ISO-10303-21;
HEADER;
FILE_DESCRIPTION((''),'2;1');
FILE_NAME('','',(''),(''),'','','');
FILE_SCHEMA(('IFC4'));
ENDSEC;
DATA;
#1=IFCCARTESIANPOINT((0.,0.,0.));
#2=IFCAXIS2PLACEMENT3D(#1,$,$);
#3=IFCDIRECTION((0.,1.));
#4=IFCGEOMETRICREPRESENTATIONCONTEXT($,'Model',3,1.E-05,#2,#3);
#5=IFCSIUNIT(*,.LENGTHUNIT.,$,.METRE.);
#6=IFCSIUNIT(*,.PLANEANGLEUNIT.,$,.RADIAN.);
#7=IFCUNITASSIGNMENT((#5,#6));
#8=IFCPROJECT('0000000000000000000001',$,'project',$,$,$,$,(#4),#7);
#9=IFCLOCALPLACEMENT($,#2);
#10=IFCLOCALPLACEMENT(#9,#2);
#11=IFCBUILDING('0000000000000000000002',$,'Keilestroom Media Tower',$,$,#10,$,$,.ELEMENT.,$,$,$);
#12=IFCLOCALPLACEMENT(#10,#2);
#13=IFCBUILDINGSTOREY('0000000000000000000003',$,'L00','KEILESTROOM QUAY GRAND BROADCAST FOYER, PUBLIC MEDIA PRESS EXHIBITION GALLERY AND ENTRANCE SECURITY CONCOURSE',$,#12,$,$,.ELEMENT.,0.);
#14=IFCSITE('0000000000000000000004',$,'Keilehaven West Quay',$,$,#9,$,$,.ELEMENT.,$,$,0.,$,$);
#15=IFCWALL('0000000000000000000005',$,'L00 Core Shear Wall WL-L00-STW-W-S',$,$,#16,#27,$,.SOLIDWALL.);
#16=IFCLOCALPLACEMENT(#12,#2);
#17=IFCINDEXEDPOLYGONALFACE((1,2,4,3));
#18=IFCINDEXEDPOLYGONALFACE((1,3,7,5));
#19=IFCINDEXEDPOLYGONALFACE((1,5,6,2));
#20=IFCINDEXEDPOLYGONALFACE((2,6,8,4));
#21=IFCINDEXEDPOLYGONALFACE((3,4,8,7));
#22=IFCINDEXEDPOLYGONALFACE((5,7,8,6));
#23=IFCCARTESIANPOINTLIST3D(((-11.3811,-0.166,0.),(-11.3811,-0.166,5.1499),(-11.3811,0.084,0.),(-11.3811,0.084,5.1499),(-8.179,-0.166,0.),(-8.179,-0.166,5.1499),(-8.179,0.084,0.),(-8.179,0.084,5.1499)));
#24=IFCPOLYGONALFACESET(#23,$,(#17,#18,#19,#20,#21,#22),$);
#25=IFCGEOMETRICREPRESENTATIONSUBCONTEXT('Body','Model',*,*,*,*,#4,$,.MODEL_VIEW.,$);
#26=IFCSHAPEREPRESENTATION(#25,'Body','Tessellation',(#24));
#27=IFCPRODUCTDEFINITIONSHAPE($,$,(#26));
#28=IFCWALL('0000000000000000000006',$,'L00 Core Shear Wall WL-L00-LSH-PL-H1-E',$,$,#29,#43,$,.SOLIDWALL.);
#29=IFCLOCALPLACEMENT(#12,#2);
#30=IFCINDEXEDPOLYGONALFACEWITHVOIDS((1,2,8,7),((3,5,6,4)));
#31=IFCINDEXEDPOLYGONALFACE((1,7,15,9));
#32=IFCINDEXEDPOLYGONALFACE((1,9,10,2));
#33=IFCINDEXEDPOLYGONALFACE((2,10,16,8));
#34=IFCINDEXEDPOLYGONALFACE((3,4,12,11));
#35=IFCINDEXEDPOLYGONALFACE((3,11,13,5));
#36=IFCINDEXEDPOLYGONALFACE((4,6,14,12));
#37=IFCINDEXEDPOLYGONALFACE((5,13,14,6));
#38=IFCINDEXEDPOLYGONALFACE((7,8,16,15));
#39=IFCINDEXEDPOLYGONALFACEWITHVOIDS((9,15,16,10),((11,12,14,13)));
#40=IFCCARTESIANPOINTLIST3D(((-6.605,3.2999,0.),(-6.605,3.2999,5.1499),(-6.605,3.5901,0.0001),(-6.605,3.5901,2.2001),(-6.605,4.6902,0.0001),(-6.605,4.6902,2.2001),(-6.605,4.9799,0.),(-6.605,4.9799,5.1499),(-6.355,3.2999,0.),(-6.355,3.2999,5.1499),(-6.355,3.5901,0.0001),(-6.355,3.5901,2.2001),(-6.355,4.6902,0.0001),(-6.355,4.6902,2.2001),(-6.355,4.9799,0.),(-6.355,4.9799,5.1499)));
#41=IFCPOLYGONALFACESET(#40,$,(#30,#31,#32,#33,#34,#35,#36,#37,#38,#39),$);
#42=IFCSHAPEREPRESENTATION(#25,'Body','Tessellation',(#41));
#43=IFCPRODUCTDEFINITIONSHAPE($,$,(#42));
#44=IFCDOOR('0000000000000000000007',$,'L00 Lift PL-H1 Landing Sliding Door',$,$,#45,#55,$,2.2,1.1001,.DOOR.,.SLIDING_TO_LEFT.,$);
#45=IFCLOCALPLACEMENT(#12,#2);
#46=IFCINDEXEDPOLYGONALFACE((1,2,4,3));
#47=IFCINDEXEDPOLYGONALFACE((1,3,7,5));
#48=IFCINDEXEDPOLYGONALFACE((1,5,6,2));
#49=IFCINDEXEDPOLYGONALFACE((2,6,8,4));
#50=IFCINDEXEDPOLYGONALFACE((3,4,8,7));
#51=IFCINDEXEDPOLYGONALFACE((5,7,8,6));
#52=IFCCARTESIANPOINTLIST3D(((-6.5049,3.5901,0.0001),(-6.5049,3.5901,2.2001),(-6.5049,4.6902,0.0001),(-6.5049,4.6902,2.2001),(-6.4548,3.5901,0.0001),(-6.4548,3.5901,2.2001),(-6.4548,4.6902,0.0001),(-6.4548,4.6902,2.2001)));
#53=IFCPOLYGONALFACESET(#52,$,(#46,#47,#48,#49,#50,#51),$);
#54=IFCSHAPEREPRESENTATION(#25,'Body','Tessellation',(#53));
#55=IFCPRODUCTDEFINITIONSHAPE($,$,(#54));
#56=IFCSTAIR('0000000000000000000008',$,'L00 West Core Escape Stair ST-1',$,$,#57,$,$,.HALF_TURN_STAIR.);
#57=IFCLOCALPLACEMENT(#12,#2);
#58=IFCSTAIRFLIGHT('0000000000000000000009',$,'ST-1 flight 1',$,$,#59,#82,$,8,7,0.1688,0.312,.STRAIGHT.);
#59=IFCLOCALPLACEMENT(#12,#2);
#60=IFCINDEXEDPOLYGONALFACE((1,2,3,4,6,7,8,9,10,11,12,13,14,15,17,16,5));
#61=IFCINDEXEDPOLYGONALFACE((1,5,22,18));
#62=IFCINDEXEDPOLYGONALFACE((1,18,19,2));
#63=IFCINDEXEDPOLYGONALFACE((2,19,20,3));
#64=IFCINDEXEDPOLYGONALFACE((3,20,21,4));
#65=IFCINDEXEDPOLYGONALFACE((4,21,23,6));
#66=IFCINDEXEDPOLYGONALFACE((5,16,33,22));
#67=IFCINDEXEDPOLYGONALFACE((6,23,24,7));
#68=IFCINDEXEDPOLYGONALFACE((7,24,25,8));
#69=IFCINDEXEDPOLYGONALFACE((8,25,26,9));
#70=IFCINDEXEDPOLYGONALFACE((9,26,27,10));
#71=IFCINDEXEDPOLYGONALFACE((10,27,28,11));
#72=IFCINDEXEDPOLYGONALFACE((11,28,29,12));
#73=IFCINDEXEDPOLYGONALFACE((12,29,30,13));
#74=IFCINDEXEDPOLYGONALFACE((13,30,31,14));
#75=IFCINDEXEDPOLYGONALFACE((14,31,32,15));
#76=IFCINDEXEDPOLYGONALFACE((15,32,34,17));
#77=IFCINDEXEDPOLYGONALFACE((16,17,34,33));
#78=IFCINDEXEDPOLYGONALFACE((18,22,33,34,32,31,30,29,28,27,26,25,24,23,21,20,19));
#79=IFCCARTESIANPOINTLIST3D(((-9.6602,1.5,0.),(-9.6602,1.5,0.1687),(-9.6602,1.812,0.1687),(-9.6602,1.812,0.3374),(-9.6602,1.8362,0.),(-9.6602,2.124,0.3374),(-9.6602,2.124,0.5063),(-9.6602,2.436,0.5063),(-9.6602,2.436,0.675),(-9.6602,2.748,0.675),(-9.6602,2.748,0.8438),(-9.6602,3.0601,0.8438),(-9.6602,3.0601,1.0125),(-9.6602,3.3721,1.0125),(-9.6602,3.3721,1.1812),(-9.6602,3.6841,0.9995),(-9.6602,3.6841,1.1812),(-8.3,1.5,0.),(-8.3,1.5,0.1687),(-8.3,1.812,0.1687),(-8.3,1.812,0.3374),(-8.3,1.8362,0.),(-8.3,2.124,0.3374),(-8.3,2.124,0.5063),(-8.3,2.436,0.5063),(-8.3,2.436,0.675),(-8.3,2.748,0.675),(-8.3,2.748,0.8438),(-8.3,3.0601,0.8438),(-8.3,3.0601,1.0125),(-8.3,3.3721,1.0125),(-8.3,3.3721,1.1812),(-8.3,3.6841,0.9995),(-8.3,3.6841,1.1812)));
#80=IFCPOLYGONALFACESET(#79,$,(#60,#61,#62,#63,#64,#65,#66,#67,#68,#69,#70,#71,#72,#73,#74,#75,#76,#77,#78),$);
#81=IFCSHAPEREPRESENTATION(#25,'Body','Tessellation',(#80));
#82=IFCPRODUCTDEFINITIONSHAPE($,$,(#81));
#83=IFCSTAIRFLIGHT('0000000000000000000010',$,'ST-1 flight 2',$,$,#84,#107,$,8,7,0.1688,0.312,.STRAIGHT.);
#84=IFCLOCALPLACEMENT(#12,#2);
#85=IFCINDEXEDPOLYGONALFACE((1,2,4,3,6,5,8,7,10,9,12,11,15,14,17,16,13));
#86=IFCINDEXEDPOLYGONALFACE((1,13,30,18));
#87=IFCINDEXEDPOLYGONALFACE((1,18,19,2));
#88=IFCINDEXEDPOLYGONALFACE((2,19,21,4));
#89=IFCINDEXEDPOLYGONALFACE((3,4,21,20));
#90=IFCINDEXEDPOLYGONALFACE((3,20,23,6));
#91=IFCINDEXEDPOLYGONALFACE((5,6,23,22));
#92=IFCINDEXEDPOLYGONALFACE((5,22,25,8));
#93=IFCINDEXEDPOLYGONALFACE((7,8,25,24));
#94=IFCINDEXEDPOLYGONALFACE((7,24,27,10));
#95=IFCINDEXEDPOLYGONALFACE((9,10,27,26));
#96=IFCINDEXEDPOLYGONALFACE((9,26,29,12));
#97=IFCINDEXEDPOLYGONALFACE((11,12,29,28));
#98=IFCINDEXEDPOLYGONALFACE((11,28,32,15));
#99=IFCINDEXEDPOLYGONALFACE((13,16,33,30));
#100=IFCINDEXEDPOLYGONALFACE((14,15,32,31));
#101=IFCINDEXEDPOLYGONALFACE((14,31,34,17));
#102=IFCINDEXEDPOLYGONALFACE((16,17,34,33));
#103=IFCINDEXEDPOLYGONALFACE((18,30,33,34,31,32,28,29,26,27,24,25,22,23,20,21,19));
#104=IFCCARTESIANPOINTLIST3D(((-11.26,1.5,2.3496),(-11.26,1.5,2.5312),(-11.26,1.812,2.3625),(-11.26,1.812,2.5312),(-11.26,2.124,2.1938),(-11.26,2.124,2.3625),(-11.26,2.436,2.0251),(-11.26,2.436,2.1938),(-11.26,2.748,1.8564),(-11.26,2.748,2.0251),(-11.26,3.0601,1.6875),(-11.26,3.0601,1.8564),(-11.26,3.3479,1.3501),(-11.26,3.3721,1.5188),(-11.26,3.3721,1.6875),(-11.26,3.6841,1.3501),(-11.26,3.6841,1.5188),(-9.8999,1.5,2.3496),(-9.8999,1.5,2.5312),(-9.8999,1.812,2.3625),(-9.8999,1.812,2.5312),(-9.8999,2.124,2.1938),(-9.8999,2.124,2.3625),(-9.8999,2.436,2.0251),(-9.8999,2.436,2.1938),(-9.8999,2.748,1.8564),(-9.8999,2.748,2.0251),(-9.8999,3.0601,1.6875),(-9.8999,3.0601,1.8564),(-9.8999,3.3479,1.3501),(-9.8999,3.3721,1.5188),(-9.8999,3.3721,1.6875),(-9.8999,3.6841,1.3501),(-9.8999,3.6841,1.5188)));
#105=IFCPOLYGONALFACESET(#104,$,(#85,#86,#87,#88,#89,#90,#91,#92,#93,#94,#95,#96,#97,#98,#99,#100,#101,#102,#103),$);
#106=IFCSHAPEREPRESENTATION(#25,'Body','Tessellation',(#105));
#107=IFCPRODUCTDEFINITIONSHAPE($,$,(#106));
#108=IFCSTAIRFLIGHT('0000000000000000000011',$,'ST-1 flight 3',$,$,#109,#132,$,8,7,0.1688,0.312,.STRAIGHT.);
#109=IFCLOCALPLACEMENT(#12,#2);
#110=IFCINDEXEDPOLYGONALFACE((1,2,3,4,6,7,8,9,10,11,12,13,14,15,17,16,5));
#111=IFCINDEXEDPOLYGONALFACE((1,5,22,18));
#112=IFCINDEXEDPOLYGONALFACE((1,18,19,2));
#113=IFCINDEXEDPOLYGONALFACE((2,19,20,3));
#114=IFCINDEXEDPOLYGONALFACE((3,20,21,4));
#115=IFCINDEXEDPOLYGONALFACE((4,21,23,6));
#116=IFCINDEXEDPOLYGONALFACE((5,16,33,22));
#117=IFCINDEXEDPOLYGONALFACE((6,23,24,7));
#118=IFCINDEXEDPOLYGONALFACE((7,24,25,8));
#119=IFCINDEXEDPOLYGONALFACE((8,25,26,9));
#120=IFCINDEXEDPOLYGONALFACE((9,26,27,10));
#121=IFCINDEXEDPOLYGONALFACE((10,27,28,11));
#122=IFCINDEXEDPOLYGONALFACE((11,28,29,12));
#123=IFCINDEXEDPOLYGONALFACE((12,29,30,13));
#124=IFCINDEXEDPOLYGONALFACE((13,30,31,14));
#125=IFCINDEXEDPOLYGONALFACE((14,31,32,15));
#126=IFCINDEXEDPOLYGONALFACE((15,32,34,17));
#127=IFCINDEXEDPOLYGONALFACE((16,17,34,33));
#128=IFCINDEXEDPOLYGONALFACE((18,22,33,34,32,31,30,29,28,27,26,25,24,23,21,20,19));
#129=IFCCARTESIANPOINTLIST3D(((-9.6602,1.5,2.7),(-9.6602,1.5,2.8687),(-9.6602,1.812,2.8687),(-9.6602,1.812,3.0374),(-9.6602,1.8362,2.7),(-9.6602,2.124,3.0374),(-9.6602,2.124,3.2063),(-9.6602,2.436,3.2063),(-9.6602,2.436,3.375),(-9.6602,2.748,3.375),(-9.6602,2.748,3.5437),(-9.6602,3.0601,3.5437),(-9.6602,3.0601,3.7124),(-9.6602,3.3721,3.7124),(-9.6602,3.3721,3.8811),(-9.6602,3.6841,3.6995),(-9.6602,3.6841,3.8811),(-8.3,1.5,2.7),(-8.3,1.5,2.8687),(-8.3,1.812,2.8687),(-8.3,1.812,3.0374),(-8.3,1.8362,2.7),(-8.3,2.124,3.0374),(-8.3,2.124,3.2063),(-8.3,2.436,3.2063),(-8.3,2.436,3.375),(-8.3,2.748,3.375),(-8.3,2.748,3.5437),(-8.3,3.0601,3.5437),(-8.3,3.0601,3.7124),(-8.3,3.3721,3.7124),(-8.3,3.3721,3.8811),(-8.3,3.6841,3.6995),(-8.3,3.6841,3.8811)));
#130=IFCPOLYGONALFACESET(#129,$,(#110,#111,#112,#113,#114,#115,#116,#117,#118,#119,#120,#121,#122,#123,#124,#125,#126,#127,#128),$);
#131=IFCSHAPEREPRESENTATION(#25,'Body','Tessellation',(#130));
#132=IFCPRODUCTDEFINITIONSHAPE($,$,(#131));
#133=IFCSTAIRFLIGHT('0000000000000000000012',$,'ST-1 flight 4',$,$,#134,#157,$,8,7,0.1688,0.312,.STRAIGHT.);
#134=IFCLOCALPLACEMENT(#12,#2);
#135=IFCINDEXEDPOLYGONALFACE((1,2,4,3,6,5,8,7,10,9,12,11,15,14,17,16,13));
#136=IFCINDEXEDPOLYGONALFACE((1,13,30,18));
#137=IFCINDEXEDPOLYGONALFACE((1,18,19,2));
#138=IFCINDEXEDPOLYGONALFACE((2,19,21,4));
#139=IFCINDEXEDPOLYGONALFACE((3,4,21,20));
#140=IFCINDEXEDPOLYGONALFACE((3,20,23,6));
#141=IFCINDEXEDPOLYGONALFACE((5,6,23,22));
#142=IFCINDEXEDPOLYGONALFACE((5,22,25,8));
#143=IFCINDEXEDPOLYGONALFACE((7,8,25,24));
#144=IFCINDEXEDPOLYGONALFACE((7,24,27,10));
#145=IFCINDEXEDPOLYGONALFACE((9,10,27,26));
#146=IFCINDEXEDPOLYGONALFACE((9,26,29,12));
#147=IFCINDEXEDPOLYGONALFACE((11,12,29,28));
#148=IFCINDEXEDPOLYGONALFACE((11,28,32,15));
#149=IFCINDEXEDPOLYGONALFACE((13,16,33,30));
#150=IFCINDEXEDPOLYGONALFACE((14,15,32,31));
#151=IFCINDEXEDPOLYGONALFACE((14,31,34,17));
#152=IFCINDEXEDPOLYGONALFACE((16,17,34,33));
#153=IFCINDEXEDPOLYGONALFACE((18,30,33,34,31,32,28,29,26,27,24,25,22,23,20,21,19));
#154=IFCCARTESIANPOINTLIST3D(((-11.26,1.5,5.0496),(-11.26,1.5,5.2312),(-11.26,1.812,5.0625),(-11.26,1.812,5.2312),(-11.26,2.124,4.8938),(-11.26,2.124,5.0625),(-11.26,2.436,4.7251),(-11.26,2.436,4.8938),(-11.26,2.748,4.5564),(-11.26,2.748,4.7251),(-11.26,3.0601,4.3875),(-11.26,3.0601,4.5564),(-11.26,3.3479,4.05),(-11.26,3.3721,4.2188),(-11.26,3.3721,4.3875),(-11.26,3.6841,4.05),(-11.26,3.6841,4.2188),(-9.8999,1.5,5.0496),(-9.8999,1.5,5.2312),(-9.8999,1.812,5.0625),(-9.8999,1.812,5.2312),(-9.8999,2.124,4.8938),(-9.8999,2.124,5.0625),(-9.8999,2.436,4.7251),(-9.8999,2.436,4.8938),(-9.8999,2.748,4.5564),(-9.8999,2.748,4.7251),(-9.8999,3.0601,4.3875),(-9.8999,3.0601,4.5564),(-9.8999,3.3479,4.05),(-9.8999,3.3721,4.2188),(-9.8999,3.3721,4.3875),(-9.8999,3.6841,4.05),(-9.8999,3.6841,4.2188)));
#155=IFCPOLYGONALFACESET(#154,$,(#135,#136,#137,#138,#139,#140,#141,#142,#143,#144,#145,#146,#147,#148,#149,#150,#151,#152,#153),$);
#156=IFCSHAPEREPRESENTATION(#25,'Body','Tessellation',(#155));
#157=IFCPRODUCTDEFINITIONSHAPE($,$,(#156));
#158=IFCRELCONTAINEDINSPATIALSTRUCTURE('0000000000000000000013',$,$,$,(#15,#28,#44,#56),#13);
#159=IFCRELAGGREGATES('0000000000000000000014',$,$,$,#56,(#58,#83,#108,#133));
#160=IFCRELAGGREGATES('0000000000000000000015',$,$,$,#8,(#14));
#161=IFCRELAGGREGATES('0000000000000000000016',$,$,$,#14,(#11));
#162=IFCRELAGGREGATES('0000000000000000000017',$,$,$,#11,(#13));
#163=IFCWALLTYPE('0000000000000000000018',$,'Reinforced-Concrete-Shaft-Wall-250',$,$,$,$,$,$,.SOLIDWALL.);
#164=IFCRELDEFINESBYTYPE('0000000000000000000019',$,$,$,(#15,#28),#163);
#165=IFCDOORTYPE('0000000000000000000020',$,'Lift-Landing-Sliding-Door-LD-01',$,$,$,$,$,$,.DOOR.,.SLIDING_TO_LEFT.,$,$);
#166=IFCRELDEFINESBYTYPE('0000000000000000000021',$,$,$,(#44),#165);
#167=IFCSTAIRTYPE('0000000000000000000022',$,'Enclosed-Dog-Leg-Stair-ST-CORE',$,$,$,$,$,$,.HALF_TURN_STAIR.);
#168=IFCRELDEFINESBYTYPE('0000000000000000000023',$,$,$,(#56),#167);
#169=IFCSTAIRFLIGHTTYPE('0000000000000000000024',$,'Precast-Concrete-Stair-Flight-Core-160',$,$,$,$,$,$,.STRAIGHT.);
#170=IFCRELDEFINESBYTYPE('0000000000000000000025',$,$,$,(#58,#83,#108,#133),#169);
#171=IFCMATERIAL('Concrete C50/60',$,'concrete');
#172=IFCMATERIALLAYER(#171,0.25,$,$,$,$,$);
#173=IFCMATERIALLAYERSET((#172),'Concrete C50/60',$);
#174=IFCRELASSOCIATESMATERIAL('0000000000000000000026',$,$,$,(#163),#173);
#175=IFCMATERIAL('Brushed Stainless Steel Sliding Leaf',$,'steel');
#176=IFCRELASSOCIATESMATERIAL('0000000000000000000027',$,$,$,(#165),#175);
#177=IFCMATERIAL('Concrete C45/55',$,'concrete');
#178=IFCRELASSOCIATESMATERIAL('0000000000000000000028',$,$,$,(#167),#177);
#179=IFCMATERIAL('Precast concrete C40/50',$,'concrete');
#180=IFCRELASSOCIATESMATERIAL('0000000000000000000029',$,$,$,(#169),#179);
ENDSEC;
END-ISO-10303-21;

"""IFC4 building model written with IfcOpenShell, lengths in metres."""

from ifc_helpers import new_model, si_unit, direction, frame, frame_2d, origin, place, context, subcontext, project, spatial, polyline, rectangle, outline, extrude, source, transform, mapped, material, layer, layer_set, type_object, element, fill, aggregate, save


model = new_model("IFC4")

# Units and contexts
model_context = context("Model", 3, precision=1e-05, world=origin(), true_north=direction((0.0, 1.0)))
body_context = subcontext(model_context, "Body", "Model", "MODEL_VIEW")
ifc_project = project(units=[si_unit("LENGTHUNIT", "METRE"), si_unit("PLANEANGLEUNIT", "RADIAN")], contexts=[model_context])

# Site, building, storey
site_placement = place(None, origin())
site = spatial("IfcSite", under=ifc_project, at=site_placement, Name="Keilehaven West Quay", CompositionType="ELEMENT", RefElevation=0.0)
building_placement = place(site_placement, origin())
building = spatial("IfcBuilding", under=site, at=building_placement, Name="Keilestroom Media Tower", CompositionType="ELEMENT")
storey_placement = place(building_placement, origin())
storey = spatial("IfcBuildingStorey", under=building, at=storey_placement, Name="L00", Description="KEILESTROOM QUAY GRAND BROADCAST FOYER, PUBLIC MEDIA PRESS EXHIBITION GALLERY AND ENTRANCE SECURITY CONCOURSE", CompositionType="ELEMENT", Elevation=0.0)

# Shared definitions
ifc_material_1 = material(Name="Concrete C50/60", Category="concrete")
ifc_material_2 = material(Name="Precast concrete C40/50", Category="concrete")

# Shared definitions
ifc_layer_1 = layer(ifc_material_1, 0.25)
ifc_layer_set_1 = layer_set([ifc_layer_1], Name="Concrete C50/60")
wall_type_1 = type_object("IfcWallType", Name="Reinforced-Concrete-Shaft-Wall-250", PredefinedType="SOLIDWALL", material=ifc_layer_set_1)

# Wall
wall_1_placement = place(storey_placement, frame((-11.3811, -0.041, 0.0), z_axis=(0.0, 0.0, 1.0), x_axis=(1.0, 0.0, 0.0)))
element("IfcWall", 1, at=wall_1_placement, inside=storey, type_object=wall_type_1, Name="L00 Core Shear Wall WL-L00-STW-W-S", PredefinedType="SOLIDWALL", context=body_context, shape_type="SweptSolid", body=[
    extrude(rectangle(XDim=3.2021, YDim=0.25, at=frame_2d((1.6011, 0.0))), origin(), (0.0, 0.0, 1.0), 5.1499),
])

# Wall, opening, door
wall_2_placement = place(storey_placement, frame((-6.48, 3.3, 0.0), z_axis=(0.0, 0.0, 1.0), x_axis=(0.0, 1.0, 0.0)))
wall_2 = element("IfcWall", 2, at=wall_2_placement, inside=storey, type_object=wall_type_1, Name="L00 Core Shear Wall WL-L00-LSH-PL-H1-E", PredefinedType="SOLIDWALL", context=body_context, shape_type="SweptSolid", body=[
    extrude(rectangle(XDim=1.6799, YDim=0.25, at=frame_2d((0.8398, 0.0))), origin(), (0.0, 0.0, 1.0), 5.1499),
])
opening_1_placement = place(wall_2_placement, frame((0.29, 0.0, 0.0)))
opening_1 = element("IfcOpeningElement", 3, at=opening_1_placement, cuts=wall_2, PredefinedType="OPENING", context=body_context, shape_type="SweptSolid", body=[
    extrude(rectangle(XDim=1.1001, YDim=2.2, at=frame_2d((0.55, 1.1001))), frame((0.0, 0.135, 0.0), z_axis=(0.0, -1.0, 0.0), x_axis=(1.0, 0.0, 0.0)), (0.0, 0.0, 1.0), 0.27),
])
ifc_material_3 = material(Name="Brushed Stainless Steel Sliding Leaf", Category="steel")
door_type_1 = type_object("IfcDoorType", Name="Lift-Landing-Sliding-Door-LD-01", OperationType="SLIDING_TO_LEFT", PredefinedType="DOOR", material=ifc_material_3)
shared_shape_1 = source(origin(), body_context, "Body", "SweptSolid", [
    extrude(rectangle(XDim=1.1001, YDim=2.2, at=frame_2d((0.55, 1.1001))), frame((0.0, 0.0249, 0.0), z_axis=(0.0, -1.0, 0.0), x_axis=(1.0, 0.0, 0.0)), (0.0, 0.0, 1.0), 0.05),
])
door_1_placement = place(opening_1_placement, origin())
door_1 = element("IfcDoor", 4, at=door_1_placement, inside=storey, type_object=door_type_1, Name="L00 Lift PL-H1 Landing Sliding Door", OperationType="SLIDING_TO_LEFT", OverallHeight=2.2, OverallWidth=1.1001, PredefinedType="DOOR", context=body_context, shape_type="MappedRepresentation", body=[
    mapped(shared_shape_1, transform((0.0, 0.0, 0.0), x_axis=(1.0, 0.0, 0.0), y_axis=(0.0, 1.0, 0.0), z_axis=(0.0, 0.0, 1.0), scale=1.0)),
])
fill(opening_1, door_1)

# Stair, stair flights
ifc_material_4 = material(Name="Concrete C45/55", Category="concrete")
stair_type = type_object("IfcStairType", Name="Enclosed-Dog-Leg-Stair-ST-CORE", PredefinedType="HALF_TURN_STAIR", material=ifc_material_4)
stair_placement = place(storey_placement, origin())
stair = element("IfcStair", 5, at=stair_placement, inside=storey, type_object=stair_type, Name="L00 West Core Escape Stair ST-1", PredefinedType="HALF_TURN_STAIR")
stair_flight_type = type_object("IfcStairFlightType", Name="Precast-Concrete-Stair-Flight-Core-160", PredefinedType="STRAIGHT", material=ifc_material_2)
stair_flight_1_placement = place(storey_placement, frame((-8.98, 1.5, 0.0), z_axis=(0.0, 0.0, 1.0), x_axis=(0.0, 1.0, 0.0)))
stair_flight_1 = element("IfcStairFlight", 6, at=stair_flight_1_placement, type_object=stair_flight_type, Name="ST-1 flight 1", NumberOfRisers=8, NumberOfTreads=7, PredefinedType="STRAIGHT", RiserHeight=0.1688, TreadLength=0.312, context=body_context, shape_type="SweptSolid", body=[
    extrude(outline(polyline([(0.0, 0.0), (0.0, 0.1687), (0.312, 0.1687), (0.312, 0.3374), (0.624, 0.3374), (0.624, 0.5063), (0.936, 0.5063), (0.936, 0.675), (1.248, 0.675), (1.248, 0.8438), (1.5601, 0.8438), (1.5601, 1.0125), (1.8721, 1.0125), (1.8721, 1.1812), (2.1841, 1.1812), (2.1841, 1.3501), (2.1841, 0.9995), (0.3362, 0.0), (0.0, 0.0)])), frame((0.0, 0.6802, 0.0), z_axis=(0.0, -1.0, 0.0), x_axis=(1.0, 0.0, 0.0)), (0.0, 0.0, 1.0), 1.3601),
])
stair_flight_2_placement = place(storey_placement, frame((-10.5801, 3.6841, 1.3501), z_axis=(0.0, 0.0, 1.0), x_axis=(0.0, -1.0, 0.0)))
stair_flight_2 = element("IfcStairFlight", 7, at=stair_flight_2_placement, type_object=stair_flight_type, Name="ST-1 flight 2", NumberOfRisers=8, NumberOfTreads=7, PredefinedType="STRAIGHT", RiserHeight=0.1688, TreadLength=0.312, context=body_context, shape_type="SweptSolid", body=[
    extrude(outline(polyline([(0.0, 0.0), (0.0, 0.1687), (0.312, 0.1687), (0.312, 0.3374), (0.624, 0.3374), (0.624, 0.5063), (0.936, 0.5063), (0.936, 0.675), (1.248, 0.675), (1.248, 0.8438), (1.5601, 0.8438), (1.5601, 1.0125), (1.8721, 1.0125), (1.8721, 1.1812), (2.1841, 1.1812), (2.1841, 1.3501), (2.1841, 0.9995), (0.3362, 0.0), (0.0, 0.0)])), frame((0.0, 0.6802, 0.0), z_axis=(0.0, -1.0, 0.0), x_axis=(1.0, 0.0, 0.0)), (0.0, 0.0, 1.0), 1.3601),
])
stair_flight_3_placement = place(storey_placement, frame((-8.98, 1.5, 2.7), z_axis=(0.0, 0.0, 1.0), x_axis=(0.0, 1.0, 0.0)))
stair_flight_3 = element("IfcStairFlight", 8, at=stair_flight_3_placement, type_object=stair_flight_type, Name="ST-1 flight 3", NumberOfRisers=8, NumberOfTreads=7, PredefinedType="STRAIGHT", RiserHeight=0.1688, TreadLength=0.312, context=body_context, shape_type="SweptSolid", body=[
    extrude(outline(polyline([(0.0, 0.0), (0.0, 0.1687), (0.312, 0.1687), (0.312, 0.3374), (0.624, 0.3374), (0.624, 0.5063), (0.936, 0.5063), (0.936, 0.675), (1.248, 0.675), (1.248, 0.8438), (1.5601, 0.8438), (1.5601, 1.0125), (1.8721, 1.0125), (1.8721, 1.1812), (2.1841, 1.1812), (2.1841, 1.3501), (2.1841, 0.9995), (0.3362, 0.0), (0.0, 0.0)])), frame((0.0, 0.6802, 0.0), z_axis=(0.0, -1.0, 0.0), x_axis=(1.0, 0.0, 0.0)), (0.0, 0.0, 1.0), 1.3601),
])
stair_flight_4_placement = place(storey_placement, frame((-10.5801, 3.6841, 4.05), z_axis=(0.0, 0.0, 1.0), x_axis=(0.0, -1.0, 0.0)))
stair_flight_4 = element("IfcStairFlight", 9, at=stair_flight_4_placement, type_object=stair_flight_type, Name="ST-1 flight 4", NumberOfRisers=8, NumberOfTreads=7, PredefinedType="STRAIGHT", RiserHeight=0.1688, TreadLength=0.312, context=body_context, shape_type="SweptSolid", body=[
    extrude(outline(polyline([(0.0, 0.0), (0.0, 0.1687), (0.312, 0.1687), (0.312, 0.3374), (0.624, 0.3374), (0.624, 0.5063), (0.936, 0.5063), (0.936, 0.675), (1.248, 0.675), (1.248, 0.8438), (1.5601, 0.8438), (1.5601, 1.0125), (1.8721, 1.0125), (1.8721, 1.1812), (2.1841, 1.1812), (2.1841, 1.3501), (2.1841, 0.9995), (0.3362, 0.0), (0.0, 0.0)])), frame((0.0, 0.6802, 0.0), z_axis=(0.0, -1.0, 0.0), x_axis=(1.0, 0.0, 0.0)), (0.0, 0.0, 1.0), 1.3601),
])
aggregate(stair, [stair_flight_1, stair_flight_2, stair_flight_3, stair_flight_4])

save(model, "model.ifc")
